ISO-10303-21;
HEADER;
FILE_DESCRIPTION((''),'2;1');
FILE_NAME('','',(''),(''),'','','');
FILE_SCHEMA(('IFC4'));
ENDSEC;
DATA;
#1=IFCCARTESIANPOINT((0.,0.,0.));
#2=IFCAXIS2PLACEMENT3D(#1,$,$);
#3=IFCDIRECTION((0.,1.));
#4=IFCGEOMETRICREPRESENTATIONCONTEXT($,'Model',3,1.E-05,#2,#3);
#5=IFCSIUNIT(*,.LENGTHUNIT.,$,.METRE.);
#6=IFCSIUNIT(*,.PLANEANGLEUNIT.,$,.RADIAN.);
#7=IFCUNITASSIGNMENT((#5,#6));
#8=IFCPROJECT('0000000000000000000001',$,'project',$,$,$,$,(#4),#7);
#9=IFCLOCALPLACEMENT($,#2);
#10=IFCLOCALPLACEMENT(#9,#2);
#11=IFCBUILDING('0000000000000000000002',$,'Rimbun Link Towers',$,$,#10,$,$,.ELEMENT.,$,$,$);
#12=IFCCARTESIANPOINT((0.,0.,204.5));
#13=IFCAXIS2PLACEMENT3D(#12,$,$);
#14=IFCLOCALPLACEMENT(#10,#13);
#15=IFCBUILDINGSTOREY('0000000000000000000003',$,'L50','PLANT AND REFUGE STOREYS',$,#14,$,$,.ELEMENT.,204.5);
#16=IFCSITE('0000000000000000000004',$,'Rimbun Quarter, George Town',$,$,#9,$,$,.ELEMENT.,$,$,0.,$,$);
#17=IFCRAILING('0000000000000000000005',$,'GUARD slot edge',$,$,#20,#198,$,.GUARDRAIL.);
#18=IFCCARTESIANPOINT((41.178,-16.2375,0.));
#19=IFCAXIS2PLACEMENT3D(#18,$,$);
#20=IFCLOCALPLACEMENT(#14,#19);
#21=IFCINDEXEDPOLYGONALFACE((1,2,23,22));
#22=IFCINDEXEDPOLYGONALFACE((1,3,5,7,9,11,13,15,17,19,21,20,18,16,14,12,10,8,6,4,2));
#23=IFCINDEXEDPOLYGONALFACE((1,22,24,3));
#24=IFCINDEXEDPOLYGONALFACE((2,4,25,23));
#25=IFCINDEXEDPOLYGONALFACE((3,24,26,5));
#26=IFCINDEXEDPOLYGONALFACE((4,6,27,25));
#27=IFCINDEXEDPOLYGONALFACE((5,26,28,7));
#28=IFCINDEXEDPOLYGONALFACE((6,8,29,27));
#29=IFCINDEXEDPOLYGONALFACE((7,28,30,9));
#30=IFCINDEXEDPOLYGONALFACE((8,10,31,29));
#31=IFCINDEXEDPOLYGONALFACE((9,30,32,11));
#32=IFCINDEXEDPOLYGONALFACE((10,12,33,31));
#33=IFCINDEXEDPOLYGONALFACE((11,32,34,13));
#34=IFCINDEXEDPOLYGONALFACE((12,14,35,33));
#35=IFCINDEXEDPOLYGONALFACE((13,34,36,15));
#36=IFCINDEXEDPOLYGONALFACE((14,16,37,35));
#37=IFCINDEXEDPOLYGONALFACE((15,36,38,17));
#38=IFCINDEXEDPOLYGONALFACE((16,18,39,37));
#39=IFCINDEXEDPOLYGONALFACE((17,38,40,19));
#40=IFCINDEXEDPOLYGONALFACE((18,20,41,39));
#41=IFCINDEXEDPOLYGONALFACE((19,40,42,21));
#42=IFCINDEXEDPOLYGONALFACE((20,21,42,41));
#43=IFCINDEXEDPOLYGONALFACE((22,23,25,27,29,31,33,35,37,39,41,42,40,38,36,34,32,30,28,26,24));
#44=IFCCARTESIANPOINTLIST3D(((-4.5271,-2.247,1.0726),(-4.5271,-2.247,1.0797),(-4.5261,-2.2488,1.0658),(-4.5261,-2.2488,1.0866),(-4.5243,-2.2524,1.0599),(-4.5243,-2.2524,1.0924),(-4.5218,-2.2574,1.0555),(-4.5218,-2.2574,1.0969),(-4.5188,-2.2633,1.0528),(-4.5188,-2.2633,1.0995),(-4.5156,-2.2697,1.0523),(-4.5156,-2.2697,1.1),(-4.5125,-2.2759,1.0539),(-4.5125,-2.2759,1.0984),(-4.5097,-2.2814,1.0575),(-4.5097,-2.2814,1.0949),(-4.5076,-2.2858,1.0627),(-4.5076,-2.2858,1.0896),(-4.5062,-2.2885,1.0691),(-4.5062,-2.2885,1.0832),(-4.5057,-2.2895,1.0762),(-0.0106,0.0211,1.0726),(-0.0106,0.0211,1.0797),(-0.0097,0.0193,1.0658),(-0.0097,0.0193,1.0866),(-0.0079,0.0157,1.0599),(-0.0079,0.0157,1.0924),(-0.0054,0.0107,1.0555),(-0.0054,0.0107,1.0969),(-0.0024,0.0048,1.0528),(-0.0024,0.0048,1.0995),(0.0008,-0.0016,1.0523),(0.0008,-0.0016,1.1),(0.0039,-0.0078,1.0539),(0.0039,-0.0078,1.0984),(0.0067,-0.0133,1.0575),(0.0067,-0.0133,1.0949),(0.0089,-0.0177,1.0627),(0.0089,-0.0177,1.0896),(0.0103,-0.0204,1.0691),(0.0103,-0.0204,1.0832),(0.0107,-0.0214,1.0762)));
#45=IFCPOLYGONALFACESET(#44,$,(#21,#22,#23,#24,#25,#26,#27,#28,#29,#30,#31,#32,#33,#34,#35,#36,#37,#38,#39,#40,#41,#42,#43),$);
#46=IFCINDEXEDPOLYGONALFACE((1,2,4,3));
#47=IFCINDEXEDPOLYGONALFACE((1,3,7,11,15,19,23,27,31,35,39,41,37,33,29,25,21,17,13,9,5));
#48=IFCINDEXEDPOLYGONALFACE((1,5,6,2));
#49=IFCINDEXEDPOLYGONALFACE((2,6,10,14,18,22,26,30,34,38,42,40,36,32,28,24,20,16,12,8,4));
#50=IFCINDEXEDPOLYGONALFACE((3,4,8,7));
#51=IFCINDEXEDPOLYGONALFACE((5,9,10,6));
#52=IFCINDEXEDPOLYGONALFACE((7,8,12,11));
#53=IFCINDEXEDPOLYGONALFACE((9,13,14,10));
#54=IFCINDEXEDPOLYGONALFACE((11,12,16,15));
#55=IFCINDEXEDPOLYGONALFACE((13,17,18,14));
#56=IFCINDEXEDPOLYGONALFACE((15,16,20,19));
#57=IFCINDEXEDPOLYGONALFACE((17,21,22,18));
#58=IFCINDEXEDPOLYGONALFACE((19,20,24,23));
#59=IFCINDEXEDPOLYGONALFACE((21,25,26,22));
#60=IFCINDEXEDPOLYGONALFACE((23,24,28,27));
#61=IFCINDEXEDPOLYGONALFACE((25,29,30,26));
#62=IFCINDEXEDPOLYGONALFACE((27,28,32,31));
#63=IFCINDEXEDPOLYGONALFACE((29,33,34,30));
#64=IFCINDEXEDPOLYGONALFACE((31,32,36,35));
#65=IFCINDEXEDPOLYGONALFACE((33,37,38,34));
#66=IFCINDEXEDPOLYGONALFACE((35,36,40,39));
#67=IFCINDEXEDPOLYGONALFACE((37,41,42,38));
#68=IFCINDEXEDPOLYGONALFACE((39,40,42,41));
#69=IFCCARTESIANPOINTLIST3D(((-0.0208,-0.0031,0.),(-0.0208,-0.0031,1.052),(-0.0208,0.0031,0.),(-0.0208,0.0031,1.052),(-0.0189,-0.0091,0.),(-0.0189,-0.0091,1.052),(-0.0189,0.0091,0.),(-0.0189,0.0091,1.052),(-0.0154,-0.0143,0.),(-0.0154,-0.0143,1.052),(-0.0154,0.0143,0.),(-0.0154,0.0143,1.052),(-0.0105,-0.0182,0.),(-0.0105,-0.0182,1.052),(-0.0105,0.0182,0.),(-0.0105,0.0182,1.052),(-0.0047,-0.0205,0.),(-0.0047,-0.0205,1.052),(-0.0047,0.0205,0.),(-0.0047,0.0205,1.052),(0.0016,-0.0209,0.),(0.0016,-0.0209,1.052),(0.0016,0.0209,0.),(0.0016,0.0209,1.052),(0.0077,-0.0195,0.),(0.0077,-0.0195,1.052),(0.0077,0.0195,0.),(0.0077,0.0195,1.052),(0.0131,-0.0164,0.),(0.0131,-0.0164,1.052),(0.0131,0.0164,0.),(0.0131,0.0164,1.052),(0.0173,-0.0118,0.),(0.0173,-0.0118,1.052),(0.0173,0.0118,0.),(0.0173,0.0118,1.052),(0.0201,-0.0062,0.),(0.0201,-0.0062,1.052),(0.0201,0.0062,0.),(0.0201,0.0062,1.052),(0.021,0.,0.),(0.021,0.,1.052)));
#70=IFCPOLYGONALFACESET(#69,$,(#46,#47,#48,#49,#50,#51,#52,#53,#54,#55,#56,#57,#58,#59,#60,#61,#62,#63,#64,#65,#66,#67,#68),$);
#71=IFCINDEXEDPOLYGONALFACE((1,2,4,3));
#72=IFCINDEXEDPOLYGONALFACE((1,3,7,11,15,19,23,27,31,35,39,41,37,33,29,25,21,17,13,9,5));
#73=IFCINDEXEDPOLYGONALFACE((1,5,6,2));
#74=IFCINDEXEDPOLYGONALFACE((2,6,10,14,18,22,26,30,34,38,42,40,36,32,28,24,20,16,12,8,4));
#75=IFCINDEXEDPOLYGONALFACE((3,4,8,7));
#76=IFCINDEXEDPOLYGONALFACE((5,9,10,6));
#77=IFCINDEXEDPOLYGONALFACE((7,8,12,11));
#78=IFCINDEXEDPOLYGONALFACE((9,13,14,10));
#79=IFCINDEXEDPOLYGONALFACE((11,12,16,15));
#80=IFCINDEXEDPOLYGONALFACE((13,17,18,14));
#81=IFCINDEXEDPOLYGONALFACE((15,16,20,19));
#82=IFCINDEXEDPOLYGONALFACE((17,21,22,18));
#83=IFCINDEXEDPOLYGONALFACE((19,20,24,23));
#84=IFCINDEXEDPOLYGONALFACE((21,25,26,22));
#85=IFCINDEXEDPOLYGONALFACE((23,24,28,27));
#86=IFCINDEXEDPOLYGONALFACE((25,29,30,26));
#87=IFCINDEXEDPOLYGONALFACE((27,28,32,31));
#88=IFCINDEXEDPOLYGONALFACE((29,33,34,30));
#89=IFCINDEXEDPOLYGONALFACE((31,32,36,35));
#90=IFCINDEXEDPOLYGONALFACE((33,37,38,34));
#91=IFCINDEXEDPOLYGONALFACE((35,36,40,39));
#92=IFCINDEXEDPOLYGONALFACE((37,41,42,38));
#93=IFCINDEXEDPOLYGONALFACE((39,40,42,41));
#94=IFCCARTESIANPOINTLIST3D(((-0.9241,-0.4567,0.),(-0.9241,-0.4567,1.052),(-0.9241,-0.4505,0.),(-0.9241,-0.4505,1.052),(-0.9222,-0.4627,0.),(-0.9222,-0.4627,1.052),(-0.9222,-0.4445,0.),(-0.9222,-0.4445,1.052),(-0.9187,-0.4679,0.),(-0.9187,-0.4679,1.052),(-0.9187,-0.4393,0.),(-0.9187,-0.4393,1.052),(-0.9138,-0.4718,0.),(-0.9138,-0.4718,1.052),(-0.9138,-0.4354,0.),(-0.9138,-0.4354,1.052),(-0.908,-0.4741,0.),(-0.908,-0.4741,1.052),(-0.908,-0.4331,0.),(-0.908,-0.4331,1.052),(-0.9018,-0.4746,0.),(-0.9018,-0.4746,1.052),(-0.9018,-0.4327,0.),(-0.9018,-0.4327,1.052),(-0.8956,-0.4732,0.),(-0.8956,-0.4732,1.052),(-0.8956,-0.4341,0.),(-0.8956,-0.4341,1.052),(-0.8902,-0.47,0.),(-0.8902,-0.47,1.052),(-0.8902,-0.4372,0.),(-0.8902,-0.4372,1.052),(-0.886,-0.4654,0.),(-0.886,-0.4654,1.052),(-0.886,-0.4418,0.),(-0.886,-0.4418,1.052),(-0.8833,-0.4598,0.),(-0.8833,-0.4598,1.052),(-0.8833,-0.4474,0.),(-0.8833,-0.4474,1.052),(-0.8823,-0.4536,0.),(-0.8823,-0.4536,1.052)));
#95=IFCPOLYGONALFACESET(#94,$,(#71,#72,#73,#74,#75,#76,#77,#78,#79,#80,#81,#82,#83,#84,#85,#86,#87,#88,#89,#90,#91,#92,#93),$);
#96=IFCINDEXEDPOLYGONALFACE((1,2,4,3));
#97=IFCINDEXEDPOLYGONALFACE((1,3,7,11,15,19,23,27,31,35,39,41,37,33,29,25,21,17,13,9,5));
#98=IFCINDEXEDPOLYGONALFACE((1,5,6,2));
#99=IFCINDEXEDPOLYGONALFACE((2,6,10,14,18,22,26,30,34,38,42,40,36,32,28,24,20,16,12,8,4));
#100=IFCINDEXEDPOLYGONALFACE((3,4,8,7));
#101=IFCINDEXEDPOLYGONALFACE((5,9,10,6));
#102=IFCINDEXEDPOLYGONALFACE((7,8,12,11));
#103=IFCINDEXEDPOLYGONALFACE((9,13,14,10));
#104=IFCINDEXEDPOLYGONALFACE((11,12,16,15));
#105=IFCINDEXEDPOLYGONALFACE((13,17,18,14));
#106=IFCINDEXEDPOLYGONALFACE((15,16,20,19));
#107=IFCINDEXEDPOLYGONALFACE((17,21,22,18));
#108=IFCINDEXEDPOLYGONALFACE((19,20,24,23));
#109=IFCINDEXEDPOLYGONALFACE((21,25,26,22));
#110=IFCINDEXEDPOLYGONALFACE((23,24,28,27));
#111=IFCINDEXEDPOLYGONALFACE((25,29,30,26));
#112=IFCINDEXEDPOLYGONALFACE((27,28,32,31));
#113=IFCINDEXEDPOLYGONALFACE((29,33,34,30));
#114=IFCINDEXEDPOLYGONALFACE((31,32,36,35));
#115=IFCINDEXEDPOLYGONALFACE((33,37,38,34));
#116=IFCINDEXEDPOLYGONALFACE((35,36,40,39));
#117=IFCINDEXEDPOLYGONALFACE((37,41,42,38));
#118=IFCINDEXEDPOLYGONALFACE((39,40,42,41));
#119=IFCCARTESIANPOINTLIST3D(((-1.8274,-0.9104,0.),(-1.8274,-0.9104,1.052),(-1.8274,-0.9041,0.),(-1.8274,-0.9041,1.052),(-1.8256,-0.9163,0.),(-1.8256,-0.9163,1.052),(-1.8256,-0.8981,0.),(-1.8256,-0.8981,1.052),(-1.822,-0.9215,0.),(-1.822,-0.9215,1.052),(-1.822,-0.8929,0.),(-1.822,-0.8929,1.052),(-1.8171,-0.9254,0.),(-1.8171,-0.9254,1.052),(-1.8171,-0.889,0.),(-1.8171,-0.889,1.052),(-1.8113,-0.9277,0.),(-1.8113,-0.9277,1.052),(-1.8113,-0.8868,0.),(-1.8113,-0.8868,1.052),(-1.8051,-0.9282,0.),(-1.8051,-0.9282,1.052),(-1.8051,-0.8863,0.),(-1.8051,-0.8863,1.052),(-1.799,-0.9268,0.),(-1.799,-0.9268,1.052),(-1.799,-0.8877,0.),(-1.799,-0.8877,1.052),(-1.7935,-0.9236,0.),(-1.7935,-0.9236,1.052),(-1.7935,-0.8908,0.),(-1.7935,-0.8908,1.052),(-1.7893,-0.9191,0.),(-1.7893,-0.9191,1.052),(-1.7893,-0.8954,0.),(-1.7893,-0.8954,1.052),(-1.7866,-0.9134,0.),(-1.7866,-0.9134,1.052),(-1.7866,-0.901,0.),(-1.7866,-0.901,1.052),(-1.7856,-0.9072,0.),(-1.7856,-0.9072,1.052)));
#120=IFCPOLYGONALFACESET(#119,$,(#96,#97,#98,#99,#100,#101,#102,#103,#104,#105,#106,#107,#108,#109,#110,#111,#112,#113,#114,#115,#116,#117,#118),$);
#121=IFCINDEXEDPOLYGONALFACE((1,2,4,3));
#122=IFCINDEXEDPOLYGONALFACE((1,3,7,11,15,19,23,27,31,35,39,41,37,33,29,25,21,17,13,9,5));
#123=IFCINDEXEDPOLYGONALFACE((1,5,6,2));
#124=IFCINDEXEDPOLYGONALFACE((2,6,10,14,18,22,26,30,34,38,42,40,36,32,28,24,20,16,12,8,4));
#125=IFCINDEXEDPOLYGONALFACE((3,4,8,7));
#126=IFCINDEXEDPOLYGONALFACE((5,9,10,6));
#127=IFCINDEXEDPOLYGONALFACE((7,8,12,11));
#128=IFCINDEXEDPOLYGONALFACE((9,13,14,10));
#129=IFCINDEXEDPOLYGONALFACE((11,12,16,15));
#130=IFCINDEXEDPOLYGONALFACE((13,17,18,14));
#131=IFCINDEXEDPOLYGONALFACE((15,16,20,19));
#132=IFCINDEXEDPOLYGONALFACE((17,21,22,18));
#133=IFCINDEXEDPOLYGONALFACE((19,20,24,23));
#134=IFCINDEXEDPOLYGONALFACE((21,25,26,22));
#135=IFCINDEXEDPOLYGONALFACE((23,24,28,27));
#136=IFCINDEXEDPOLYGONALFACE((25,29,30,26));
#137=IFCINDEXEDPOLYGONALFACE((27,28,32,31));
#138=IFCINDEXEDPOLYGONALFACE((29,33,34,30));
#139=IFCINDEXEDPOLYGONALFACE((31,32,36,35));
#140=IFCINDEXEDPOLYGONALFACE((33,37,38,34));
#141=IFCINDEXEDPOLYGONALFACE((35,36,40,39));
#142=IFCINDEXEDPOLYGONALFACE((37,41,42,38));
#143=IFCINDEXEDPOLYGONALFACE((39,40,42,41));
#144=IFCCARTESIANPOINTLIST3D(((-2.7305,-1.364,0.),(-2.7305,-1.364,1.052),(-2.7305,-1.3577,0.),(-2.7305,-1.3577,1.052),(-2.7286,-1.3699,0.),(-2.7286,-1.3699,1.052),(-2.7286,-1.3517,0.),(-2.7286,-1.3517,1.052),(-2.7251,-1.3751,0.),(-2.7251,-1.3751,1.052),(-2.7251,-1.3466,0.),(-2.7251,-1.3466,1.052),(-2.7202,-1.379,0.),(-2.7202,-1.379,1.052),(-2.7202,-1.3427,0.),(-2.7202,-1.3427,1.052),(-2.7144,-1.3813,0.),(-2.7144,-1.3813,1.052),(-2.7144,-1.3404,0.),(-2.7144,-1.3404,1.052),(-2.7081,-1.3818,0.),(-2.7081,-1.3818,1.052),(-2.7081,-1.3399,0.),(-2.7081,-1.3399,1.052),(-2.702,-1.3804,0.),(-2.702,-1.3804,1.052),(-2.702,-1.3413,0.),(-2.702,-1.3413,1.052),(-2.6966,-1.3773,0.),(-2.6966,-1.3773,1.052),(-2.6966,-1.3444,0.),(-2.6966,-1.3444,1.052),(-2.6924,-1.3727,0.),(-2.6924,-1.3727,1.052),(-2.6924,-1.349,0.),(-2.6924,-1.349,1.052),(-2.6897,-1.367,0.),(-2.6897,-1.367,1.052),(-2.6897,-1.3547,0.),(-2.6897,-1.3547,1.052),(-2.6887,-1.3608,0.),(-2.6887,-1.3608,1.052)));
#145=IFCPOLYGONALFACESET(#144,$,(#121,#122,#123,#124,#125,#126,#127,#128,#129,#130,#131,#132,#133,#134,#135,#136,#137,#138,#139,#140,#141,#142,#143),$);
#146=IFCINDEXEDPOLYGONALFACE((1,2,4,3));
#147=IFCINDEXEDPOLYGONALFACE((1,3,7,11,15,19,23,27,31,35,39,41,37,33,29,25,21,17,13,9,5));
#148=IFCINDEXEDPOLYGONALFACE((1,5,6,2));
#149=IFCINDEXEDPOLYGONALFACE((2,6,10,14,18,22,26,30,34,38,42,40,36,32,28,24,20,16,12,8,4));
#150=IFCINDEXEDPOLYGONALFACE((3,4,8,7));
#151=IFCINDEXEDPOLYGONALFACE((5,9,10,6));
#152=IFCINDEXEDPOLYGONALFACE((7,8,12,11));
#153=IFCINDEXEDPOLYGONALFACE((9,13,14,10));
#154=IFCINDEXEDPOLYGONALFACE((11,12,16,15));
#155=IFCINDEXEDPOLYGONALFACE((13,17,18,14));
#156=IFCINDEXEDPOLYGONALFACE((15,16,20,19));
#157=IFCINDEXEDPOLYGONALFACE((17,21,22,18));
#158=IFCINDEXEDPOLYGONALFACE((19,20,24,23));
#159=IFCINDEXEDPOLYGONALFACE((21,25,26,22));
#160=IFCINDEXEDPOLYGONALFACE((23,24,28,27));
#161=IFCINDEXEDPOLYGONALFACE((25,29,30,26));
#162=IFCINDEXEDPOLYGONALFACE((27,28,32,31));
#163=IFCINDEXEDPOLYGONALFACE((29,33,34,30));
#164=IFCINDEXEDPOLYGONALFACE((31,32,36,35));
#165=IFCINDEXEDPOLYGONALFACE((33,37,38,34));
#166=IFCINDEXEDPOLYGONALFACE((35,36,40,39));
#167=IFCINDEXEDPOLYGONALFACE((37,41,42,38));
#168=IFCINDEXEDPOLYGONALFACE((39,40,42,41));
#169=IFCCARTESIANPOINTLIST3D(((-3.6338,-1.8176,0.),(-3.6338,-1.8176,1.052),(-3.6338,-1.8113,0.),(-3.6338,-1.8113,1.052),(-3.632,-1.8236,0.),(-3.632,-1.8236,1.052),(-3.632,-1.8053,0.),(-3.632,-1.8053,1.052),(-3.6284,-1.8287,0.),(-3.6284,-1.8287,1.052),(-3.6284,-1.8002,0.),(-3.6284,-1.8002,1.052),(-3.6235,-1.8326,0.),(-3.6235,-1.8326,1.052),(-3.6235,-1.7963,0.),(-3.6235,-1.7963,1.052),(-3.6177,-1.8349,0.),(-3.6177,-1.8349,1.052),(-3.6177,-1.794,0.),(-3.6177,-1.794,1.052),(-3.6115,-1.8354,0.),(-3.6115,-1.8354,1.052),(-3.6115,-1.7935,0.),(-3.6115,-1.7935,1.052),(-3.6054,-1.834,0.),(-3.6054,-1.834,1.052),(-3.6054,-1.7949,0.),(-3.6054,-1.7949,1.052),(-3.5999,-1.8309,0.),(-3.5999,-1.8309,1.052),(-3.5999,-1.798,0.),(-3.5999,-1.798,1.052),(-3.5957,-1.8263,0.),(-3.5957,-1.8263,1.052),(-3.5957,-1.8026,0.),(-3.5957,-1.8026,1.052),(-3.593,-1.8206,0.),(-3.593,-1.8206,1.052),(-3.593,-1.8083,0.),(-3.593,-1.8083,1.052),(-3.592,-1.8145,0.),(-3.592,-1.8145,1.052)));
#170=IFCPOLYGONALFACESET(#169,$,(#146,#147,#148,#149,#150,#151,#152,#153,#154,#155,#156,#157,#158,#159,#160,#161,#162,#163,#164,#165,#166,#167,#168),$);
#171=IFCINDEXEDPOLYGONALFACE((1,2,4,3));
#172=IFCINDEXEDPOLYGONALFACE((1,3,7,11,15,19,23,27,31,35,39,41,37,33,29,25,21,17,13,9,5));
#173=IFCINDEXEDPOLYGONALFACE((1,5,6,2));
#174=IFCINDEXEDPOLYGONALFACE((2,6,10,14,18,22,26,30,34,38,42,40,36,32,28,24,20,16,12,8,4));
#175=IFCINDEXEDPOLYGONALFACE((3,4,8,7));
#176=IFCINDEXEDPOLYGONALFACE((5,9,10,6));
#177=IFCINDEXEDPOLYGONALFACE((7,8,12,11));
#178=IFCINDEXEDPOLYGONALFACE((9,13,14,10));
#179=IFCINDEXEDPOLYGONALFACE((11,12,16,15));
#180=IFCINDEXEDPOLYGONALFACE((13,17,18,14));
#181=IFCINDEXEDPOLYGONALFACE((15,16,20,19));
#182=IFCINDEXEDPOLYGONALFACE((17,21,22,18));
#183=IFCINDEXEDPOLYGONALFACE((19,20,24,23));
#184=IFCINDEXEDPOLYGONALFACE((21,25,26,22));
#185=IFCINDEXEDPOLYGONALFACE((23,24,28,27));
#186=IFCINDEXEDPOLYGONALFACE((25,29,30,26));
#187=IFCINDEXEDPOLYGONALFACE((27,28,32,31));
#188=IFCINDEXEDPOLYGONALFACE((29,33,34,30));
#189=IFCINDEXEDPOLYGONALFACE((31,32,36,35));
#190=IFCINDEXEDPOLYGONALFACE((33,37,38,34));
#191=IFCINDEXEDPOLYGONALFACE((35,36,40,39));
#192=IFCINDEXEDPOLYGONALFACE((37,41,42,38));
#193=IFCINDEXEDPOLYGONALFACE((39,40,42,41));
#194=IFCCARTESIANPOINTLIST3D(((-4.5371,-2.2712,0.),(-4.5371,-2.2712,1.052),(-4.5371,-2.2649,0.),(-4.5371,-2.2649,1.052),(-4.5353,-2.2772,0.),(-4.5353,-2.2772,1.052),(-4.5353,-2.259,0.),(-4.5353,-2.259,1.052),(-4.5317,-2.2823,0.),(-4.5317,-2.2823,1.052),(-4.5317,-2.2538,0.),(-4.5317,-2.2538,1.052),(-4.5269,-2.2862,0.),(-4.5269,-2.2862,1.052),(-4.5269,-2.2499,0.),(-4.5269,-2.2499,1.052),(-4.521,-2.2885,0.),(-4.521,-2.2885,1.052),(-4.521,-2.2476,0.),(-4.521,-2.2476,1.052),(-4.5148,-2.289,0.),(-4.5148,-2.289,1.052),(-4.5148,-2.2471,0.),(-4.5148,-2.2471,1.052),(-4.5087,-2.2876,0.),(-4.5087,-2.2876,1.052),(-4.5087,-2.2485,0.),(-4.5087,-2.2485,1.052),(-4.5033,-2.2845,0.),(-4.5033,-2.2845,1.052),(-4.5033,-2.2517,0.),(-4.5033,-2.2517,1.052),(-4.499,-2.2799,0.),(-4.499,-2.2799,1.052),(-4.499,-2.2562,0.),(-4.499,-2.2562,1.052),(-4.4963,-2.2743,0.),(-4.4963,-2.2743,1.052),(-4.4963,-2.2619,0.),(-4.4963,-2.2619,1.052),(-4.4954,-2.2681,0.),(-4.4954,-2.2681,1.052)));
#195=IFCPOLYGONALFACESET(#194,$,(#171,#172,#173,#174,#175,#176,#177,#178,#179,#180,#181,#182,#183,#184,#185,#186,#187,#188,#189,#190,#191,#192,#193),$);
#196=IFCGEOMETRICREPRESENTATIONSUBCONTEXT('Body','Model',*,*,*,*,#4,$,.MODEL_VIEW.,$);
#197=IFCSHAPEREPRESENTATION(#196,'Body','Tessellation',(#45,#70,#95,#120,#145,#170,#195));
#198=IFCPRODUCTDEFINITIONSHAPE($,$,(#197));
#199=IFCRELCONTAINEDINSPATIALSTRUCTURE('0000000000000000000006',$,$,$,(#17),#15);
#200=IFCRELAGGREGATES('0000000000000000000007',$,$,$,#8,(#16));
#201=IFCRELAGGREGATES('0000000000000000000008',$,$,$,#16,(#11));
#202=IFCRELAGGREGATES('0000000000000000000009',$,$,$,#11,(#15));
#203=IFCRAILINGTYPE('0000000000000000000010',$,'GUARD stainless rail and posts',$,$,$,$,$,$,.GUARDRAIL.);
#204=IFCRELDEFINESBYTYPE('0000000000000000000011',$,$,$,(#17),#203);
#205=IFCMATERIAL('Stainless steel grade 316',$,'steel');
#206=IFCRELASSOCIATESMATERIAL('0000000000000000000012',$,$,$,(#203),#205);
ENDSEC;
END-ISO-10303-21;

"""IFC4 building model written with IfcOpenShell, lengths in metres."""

from ifc_helpers import new_model, si_unit, direction, frame, origin, origin_2d, place, context, subcontext, project, spatial, circle, extrude, material, type_object, element, save


model = new_model("IFC4")

# Units and contexts
model_context = context("Model", 3, precision=1e-05, world=origin(), true_north=direction((0.0, 1.0)))
body_context = subcontext(model_context, "Body", "Model", "MODEL_VIEW")
ifc_project = project(units=[si_unit("LENGTHUNIT", "METRE"), si_unit("PLANEANGLEUNIT", "RADIAN")], contexts=[model_context])

# Site, building, storey
site_placement = place(None, origin())
site = spatial("IfcSite", under=ifc_project, at=site_placement, Name="Rimbun Quarter, George Town", CompositionType="ELEMENT", RefElevation=0.0)
building_placement = place(site_placement, origin())
building = spatial("IfcBuilding", under=site, at=building_placement, Name="Rimbun Link Towers", CompositionType="ELEMENT")
storey_placement = place(building_placement, frame((0.0, 0.0, 204.5)))
storey = spatial("IfcBuildingStorey", under=building, at=storey_placement, Name="L50", Description="PLANT AND REFUGE STOREYS", CompositionType="ELEMENT", Elevation=204.5)

# Railing
ifc_material_1 = material(Name="Stainless steel grade 316", Category="steel")
railing_type = type_object("IfcRailingType", Name="GUARD stainless rail and posts", PredefinedType="GUARDRAIL", material=ifc_material_1)
railing_placement = place(storey_placement, frame((41.178, -16.2375, 0.0)))
element("IfcRailing", 1, at=railing_placement, inside=storey, type_object=railing_type, Name="GUARD slot edge", PredefinedType="GUARDRAIL", context=body_context, shape_type="SweptSolid", body=[
    extrude(circle(Radius=0.0239, at=origin_2d()), frame((0.0, 0.0, 1.0762), z_axis=(-0.893643, -0.448778, 0.0), x_axis=(0.448778, -0.893643, 0.0)), (0.0, 0.0, 1.0), 5.054),
    extrude(circle(Radius=0.021, at=origin_2d()), origin(), (0.0, 0.0, 1.0), 1.052),
    extrude(circle(Radius=0.021, at=origin_2d()), frame((-0.9033, -0.4536, 0.0)), (0.0, 0.0, 1.0), 1.052),
    extrude(circle(Radius=0.021, at=origin_2d()), frame((-1.8066, -0.9072, 0.0)), (0.0, 0.0, 1.0), 1.052),
    extrude(circle(Radius=0.021, at=origin_2d()), frame((-2.7097, -1.3608, 0.0)), (0.0, 0.0, 1.0), 1.052),
    extrude(circle(Radius=0.021, at=origin_2d()), frame((-3.613, -1.8145, 0.0)), (0.0, 0.0, 1.0), 1.052),
    extrude(circle(Radius=0.021, at=origin_2d()), frame((-4.5164, -2.2681, 0.0)), (0.0, 0.0, 1.0), 1.052),
])

save(model, "model.ifc")
